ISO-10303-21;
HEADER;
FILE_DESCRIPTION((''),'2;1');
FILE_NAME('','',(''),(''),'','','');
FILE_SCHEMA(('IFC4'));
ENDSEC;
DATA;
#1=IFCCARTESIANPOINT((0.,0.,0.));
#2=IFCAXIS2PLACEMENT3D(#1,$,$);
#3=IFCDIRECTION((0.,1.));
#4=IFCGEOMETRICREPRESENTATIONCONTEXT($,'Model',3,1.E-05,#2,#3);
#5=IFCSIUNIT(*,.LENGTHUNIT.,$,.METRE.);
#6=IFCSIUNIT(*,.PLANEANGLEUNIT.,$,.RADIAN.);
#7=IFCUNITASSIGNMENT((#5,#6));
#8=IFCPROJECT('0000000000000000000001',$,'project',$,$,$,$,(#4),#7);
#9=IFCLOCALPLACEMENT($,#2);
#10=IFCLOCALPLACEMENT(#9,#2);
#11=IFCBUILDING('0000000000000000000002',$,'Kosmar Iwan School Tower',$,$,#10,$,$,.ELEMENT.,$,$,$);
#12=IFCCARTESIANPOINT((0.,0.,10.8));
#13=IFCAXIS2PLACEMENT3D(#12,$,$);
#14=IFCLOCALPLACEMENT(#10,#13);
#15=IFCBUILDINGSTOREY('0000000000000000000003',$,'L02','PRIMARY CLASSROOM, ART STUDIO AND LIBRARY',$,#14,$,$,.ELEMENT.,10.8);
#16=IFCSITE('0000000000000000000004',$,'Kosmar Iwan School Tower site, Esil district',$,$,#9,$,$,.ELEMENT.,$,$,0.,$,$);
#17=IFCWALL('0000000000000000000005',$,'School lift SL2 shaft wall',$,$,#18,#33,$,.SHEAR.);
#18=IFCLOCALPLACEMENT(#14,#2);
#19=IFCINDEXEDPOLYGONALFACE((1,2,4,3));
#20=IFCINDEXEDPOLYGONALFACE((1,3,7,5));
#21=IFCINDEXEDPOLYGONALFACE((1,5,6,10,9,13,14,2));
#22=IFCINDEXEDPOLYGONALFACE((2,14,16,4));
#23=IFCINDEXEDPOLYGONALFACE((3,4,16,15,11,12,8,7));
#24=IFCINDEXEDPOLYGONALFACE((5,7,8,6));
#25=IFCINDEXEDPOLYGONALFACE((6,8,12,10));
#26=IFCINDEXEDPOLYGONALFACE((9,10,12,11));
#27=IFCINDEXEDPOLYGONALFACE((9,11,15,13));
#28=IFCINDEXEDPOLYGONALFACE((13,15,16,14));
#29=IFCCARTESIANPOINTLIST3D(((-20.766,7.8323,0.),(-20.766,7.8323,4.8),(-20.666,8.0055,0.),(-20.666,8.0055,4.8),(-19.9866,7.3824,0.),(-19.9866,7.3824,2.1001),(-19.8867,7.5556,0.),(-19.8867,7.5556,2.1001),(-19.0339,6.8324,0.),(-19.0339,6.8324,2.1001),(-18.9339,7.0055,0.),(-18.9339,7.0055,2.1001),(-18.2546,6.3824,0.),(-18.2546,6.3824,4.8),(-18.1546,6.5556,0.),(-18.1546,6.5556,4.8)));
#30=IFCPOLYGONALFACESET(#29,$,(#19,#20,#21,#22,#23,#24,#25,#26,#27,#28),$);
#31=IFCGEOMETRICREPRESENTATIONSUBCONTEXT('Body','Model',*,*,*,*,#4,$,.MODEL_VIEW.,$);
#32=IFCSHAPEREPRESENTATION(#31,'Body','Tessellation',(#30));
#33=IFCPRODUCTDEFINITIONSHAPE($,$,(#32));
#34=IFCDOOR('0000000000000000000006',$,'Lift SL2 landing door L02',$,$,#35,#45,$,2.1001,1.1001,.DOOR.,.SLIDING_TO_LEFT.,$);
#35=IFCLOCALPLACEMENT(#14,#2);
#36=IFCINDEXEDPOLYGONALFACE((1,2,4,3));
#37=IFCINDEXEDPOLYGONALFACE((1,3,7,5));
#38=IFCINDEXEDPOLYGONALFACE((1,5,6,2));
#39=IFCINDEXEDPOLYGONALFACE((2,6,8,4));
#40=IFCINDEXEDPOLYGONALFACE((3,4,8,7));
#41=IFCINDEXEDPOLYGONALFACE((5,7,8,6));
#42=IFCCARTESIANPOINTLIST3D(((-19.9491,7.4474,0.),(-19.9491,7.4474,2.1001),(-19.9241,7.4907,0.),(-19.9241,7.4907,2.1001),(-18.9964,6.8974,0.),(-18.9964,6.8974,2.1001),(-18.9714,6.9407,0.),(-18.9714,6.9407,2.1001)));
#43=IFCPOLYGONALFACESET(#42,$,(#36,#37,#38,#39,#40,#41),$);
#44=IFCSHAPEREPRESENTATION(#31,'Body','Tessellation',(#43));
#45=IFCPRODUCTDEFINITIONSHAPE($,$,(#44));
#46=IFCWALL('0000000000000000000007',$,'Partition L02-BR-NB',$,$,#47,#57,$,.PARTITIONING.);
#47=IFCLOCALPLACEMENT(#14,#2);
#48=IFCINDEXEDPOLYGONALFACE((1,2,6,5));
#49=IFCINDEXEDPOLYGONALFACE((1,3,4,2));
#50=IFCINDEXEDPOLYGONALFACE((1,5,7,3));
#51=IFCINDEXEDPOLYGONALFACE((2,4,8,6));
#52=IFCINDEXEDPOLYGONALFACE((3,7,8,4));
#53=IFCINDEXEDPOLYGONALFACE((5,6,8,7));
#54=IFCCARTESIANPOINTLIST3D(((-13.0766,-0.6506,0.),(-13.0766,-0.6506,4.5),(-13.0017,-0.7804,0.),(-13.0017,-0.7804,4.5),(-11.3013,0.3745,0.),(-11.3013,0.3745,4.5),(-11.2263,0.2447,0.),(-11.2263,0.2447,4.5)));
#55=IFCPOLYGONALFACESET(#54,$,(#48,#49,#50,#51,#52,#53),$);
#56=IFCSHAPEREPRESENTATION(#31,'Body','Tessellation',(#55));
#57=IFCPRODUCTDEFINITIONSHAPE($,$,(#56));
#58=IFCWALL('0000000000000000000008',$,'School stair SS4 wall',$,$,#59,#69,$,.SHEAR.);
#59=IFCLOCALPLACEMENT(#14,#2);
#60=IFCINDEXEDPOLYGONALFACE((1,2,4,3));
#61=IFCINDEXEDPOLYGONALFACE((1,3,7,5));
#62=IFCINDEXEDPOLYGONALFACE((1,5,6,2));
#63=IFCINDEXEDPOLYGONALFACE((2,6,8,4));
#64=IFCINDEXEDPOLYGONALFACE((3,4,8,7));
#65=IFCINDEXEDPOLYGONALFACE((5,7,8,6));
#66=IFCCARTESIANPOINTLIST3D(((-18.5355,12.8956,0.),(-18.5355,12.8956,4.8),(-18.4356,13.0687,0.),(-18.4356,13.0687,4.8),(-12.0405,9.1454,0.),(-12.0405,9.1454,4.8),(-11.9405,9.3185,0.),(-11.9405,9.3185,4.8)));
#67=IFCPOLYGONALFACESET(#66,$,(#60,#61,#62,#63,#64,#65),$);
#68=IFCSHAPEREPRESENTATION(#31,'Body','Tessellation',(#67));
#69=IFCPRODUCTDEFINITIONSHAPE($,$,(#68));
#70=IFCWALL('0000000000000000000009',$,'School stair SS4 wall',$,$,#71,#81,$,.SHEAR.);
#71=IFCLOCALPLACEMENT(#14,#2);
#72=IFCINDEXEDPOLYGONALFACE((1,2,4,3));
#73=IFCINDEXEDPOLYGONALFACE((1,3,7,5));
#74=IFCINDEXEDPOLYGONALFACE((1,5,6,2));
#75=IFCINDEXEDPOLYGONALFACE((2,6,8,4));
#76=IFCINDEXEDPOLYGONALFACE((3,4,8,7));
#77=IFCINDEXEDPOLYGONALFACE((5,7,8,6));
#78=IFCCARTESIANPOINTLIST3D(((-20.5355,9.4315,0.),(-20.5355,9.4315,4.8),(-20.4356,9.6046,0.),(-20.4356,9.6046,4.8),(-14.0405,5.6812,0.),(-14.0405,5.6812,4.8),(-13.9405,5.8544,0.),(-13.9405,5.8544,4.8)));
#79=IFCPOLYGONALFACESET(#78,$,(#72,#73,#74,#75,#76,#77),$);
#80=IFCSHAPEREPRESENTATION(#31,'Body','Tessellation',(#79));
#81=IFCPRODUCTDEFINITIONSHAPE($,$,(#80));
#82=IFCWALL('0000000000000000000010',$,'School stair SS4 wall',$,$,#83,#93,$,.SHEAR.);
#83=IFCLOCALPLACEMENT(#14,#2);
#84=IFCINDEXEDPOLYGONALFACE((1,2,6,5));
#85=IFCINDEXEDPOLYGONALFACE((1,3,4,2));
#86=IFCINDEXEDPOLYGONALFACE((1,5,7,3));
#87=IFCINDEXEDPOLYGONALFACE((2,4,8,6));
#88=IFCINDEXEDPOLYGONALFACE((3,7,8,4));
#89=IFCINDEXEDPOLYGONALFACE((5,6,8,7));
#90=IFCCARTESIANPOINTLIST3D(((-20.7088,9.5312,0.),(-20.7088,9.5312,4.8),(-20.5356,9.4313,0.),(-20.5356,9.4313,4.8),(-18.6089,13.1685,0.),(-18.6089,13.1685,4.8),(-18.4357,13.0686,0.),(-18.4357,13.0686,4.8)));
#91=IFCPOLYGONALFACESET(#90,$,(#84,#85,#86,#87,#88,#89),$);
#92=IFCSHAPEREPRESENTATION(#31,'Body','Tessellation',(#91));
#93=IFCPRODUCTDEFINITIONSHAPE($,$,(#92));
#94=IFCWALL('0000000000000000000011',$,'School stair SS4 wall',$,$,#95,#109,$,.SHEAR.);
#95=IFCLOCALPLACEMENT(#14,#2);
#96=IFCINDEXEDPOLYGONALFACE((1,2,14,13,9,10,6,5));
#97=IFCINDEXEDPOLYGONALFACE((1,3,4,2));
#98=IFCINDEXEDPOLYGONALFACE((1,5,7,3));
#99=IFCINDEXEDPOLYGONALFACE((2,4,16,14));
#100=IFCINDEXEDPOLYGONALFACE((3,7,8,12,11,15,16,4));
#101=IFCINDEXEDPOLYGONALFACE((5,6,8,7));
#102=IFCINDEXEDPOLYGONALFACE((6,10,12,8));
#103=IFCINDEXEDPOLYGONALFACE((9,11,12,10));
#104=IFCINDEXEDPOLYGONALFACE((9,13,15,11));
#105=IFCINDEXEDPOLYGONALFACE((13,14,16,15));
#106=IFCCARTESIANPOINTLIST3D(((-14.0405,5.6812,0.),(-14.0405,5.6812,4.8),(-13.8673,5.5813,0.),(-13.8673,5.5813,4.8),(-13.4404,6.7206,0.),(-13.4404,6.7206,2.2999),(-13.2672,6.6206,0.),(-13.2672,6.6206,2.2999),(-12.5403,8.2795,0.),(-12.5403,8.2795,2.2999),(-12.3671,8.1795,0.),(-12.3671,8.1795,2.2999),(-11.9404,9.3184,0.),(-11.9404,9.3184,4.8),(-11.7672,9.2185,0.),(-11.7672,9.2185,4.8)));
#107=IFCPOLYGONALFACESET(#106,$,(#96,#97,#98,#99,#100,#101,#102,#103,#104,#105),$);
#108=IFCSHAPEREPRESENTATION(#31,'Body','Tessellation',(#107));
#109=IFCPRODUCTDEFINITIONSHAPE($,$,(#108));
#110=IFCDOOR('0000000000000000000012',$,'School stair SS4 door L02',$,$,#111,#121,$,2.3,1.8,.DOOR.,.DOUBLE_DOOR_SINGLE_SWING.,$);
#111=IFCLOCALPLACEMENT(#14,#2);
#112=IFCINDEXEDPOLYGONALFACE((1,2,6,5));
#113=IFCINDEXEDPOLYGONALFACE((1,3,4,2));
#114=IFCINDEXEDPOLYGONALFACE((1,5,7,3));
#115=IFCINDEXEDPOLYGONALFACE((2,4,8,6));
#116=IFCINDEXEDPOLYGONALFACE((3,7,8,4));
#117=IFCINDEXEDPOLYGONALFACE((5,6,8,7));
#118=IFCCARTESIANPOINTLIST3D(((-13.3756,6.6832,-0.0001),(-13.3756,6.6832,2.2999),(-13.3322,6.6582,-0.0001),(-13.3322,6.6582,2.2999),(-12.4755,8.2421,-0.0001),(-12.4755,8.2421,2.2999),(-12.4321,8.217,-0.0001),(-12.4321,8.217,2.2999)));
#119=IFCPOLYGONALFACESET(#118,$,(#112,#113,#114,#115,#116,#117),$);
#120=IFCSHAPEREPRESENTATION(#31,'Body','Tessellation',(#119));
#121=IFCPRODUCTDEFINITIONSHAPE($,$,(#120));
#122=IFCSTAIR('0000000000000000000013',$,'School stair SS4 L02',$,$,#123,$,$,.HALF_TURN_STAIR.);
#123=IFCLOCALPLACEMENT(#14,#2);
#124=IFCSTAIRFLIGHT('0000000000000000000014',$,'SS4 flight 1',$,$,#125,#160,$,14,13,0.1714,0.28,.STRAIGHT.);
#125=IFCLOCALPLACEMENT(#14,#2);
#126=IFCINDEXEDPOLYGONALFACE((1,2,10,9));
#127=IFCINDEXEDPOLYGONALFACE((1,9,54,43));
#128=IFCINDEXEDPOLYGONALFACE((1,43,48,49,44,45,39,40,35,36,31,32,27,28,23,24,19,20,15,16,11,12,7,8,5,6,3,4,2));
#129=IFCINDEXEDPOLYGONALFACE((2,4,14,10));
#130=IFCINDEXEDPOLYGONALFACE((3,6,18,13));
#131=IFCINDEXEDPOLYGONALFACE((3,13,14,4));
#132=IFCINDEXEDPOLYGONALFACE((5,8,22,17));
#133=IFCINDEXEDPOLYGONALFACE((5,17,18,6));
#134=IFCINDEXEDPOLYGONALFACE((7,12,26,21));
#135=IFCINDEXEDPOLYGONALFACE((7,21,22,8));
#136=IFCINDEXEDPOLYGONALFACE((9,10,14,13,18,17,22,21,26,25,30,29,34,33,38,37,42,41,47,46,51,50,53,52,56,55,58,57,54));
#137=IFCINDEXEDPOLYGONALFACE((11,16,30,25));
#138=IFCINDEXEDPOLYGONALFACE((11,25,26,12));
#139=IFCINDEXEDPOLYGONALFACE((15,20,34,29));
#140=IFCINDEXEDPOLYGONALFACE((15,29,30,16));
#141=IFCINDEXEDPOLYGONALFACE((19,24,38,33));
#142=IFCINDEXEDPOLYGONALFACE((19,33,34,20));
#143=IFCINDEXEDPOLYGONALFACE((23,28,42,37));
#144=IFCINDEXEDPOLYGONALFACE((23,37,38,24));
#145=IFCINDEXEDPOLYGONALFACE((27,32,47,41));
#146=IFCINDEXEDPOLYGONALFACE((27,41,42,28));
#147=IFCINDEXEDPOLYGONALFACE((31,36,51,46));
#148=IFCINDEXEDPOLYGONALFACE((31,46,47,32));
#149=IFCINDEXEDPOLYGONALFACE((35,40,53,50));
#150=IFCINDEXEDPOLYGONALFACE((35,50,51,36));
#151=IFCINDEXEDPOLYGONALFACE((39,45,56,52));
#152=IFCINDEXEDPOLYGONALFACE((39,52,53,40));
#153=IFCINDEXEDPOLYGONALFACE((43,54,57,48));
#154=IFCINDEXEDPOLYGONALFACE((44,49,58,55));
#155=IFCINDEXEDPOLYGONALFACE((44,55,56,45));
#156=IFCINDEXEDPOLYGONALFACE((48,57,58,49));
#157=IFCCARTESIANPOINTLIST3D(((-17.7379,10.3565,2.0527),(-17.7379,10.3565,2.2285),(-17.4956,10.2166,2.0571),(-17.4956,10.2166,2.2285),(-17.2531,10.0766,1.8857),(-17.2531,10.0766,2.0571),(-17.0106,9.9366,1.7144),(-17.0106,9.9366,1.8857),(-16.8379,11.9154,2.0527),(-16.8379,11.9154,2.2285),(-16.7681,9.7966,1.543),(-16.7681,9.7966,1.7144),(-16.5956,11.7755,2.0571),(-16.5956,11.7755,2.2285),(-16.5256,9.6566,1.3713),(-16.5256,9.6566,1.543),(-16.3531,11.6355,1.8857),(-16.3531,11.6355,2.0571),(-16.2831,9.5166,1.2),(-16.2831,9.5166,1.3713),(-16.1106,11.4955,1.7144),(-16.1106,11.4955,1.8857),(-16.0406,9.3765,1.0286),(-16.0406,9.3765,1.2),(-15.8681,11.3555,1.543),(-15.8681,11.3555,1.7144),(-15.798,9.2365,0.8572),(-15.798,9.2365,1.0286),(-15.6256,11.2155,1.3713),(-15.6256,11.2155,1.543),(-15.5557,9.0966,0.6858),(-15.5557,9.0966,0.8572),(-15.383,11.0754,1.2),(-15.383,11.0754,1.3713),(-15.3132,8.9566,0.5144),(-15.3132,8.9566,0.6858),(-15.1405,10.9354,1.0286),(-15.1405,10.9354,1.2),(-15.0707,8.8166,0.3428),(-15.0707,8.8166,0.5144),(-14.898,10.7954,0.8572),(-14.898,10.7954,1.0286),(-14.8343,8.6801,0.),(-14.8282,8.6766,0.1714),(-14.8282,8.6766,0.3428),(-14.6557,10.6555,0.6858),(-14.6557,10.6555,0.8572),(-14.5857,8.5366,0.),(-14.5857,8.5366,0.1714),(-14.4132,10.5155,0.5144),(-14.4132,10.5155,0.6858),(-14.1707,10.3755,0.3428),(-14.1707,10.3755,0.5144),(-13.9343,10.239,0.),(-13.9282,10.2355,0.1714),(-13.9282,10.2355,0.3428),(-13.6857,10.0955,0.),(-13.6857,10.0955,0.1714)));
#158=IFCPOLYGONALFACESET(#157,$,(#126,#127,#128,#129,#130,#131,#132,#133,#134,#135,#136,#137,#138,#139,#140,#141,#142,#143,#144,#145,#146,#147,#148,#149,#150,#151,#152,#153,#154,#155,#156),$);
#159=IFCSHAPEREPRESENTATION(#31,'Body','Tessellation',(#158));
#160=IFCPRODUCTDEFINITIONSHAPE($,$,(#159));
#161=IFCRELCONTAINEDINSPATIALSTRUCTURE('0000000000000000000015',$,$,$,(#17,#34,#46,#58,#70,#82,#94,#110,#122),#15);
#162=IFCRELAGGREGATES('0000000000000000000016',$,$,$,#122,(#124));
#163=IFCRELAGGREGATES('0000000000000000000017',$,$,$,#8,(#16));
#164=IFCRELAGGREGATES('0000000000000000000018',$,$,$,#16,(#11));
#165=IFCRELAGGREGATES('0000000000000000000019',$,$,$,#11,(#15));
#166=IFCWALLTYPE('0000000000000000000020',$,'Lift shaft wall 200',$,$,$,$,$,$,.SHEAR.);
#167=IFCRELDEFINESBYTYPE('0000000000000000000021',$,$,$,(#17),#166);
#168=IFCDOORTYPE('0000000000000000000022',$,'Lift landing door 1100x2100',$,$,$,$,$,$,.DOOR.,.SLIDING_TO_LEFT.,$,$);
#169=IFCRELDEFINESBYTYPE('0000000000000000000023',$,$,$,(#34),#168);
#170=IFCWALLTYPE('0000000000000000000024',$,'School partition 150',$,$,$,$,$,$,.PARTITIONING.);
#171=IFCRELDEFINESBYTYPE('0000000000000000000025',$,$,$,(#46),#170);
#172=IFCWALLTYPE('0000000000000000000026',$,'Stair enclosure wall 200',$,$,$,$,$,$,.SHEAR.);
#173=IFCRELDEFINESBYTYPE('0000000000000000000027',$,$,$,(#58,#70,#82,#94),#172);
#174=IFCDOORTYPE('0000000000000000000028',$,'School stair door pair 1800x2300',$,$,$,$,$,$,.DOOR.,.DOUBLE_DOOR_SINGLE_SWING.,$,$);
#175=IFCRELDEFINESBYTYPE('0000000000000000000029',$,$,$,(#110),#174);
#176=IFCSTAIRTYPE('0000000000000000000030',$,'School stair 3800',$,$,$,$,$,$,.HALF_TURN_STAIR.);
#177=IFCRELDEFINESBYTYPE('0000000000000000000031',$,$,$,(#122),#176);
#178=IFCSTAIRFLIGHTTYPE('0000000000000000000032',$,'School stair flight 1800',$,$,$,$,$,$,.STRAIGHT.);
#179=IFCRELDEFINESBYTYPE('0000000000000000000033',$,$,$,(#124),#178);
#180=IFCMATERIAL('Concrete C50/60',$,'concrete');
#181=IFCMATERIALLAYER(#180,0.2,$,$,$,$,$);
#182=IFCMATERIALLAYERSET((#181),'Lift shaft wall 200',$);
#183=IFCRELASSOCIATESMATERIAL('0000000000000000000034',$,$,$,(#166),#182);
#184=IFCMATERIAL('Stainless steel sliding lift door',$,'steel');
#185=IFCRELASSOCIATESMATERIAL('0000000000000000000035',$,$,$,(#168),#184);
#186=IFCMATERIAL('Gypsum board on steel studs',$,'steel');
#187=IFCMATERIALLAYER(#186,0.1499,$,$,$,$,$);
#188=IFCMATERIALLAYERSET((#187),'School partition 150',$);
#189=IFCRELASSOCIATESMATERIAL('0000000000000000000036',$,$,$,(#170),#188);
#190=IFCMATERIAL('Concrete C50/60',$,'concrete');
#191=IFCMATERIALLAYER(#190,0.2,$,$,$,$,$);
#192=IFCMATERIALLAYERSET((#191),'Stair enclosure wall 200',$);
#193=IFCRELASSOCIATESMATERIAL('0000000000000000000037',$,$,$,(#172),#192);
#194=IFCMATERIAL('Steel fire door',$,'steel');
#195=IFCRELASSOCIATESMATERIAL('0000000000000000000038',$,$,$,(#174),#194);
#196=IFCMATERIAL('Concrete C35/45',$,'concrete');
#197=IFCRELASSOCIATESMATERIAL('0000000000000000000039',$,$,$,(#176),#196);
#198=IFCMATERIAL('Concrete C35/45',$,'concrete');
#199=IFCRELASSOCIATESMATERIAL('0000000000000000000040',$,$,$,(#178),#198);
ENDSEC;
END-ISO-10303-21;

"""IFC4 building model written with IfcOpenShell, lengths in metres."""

from ifc_helpers import new_model, si_unit, direction, frame, frame_2d, origin, place, context, subcontext, project, spatial, polyline, rectangle, outline, extrude, material, layer, layer_set, type_object, element, fill, aggregate, save


model = new_model("IFC4")

# Units and contexts
model_context = context("Model", 3, precision=1e-05, world=origin(), true_north=direction((0.0, 1.0)))
body_context = subcontext(model_context, "Body", "Model", "MODEL_VIEW")
ifc_project = project(units=[si_unit("LENGTHUNIT", "METRE"), si_unit("PLANEANGLEUNIT", "RADIAN")], contexts=[model_context])

# Site, building, storey
site_placement = place(None, origin())
site = spatial("IfcSite", under=ifc_project, at=site_placement, Name="Kosmar Iwan School Tower site, Esil district", CompositionType="ELEMENT", RefElevation=0.0)
building_placement = place(site_placement, origin())
building = spatial("IfcBuilding", under=site, at=building_placement, Name="Kosmar Iwan School Tower", CompositionType="ELEMENT")
storey_placement = place(building_placement, frame((0.0, 0.0, 10.8)))
storey = spatial("IfcBuildingStorey", under=building, at=storey_placement, Name="L02", Description="PRIMARY CLASSROOM, ART STUDIO AND LIBRARY", CompositionType="ELEMENT", Elevation=10.8)

# Shared definitions
ifc_material_1 = material(Name="Concrete C50/60", Category="concrete")
ifc_layer_1 = layer(ifc_material_1, 0.2)
ifc_layer_set_1 = layer_set([ifc_layer_1], Name="Lift shaft wall 200")
wall_type_1 = type_object("IfcWallType", Name="Lift shaft wall 200", PredefinedType="SHEAR", material=ifc_layer_set_1)

# Wall, opening, door
wall_1_placement = place(storey_placement, frame((-18.2046, 6.469, 0.0), z_axis=(0.0, 0.0, 1.0), x_axis=(-0.866033, 0.499987, 0.0)))
wall_1 = element("IfcWall", 1, at=wall_1_placement, inside=storey, type_object=wall_type_1, Name="School lift SL2 shaft wall", PredefinedType="SHEAR", context=body_context, shape_type="SweptSolid", body=[
    extrude(rectangle(XDim=2.8999, YDim=0.2, at=frame_2d((1.45, 0.0))), origin(), (0.0, 0.0, 1.0), 4.8),
])
opening_1_placement = place(wall_1_placement, frame((0.8999, 0.0, 0.0)))
opening_1 = element("IfcOpeningElement", 2, at=opening_1_placement, cuts=wall_1, PredefinedType="OPENING", context=body_context, shape_type="SweptSolid", body=[
    extrude(rectangle(XDim=1.1001, YDim=2.1001, at=frame_2d((0.55, 1.05))), frame((0.0, 0.1121, 0.0), z_axis=(0.0, -1.0, 0.0), x_axis=(1.0, 0.0, 0.0)), (0.0, 0.0, 1.0), 0.2239),
])
ifc_material_2 = material(Name="Stainless steel sliding lift door", Category="steel")
door_type_1 = type_object("IfcDoorType", Name="Lift landing door 1100x2100", OperationType="SLIDING_TO_LEFT", PredefinedType="DOOR", material=ifc_material_2)
door_1_placement = place(opening_1_placement, origin())
door_1 = element("IfcDoor", 3, at=door_1_placement, inside=storey, type_object=door_type_1, Name="Lift SL2 landing door L02", OperationType="SLIDING_TO_LEFT", OverallHeight=2.1001, OverallWidth=1.1001, PredefinedType="DOOR", context=body_context, shape_type="SweptSolid", body=[
    extrude(rectangle(XDim=1.1001, YDim=2.1001, at=frame_2d((0.55, 1.05))), frame((0.0, 0.0249, 0.0), z_axis=(0.0, -1.0, 0.0), x_axis=(1.0, 0.0, 0.0)), (0.0, 0.0, 1.0), 0.05),
])
fill(opening_1, door_1)

# Walls
ifc_material_3 = material(Name="Gypsum board on steel studs", Category="steel")
ifc_layer_2 = layer(ifc_material_3, 0.1499)
ifc_layer_set_2 = layer_set([ifc_layer_2], Name="School partition 150")
wall_type_2 = type_object("IfcWallType", Name="School partition 150", PredefinedType="PARTITIONING", material=ifc_layer_set_2)
wall_2_placement = place(storey_placement, frame((-11.2639, 0.3096, 0.0), z_axis=(0.0, 0.0, 1.0), x_axis=(-0.865999, -0.500045, 0.0)))
element("IfcWall", 4, at=wall_2_placement, inside=storey, type_object=wall_type_2, Name="Partition L02-BR-NB", PredefinedType="PARTITIONING", context=body_context, shape_type="SweptSolid", body=[
    extrude(rectangle(XDim=2.05, YDim=0.1499, at=frame_2d((1.0249, 0.0))), origin(), (0.0, 0.0, 1.0), 4.5),
])
ifc_material_4 = material(Name="Concrete C50/60", Category="concrete")
ifc_layer_3 = layer(ifc_material_4, 0.2)
ifc_layer_set_3 = layer_set([ifc_layer_3], Name="Stair enclosure wall 200")
wall_type_3 = type_object("IfcWallType", Name="Stair enclosure wall 200", PredefinedType="SHEAR", material=ifc_layer_set_3)
for number, where, z_axis, x_axis, name in (
    (5, (-11.9905, 9.2319, 0.0), (0.0, 0.0, 1.0), (-0.866009, 0.500029, 0.0), "School stair SS4 wall"),
    (6, (-13.9905, 5.7678, 0.0), (0.0, 0.0, 1.0), (-0.866009, 0.500029, 0.0), "School stair SS4 wall"),
):
    element("IfcWall", number, at=place(storey_placement, frame(where, z_axis=z_axis, x_axis=x_axis)), inside=storey, type_object=wall_type_3, Name=name, PredefinedType="SHEAR", context=body_context, shape_type="SweptSolid", body=[
        extrude(rectangle(XDim=7.5, YDim=0.2, at=frame_2d((3.75, 0.0))), origin(), (0.0, 0.0, 1.0), 4.8),
    ])
wall_3_placement = place(storey_placement, frame((-18.5222, 13.1187, 0.0), z_axis=(0.0, 0.0, 1.0), x_axis=(-0.499984, -0.866035, 0.0)))
element("IfcWall", 7, at=wall_3_placement, inside=storey, type_object=wall_type_3, Name="School stair SS4 wall", PredefinedType="SHEAR", context=body_context, shape_type="SweptSolid", body=[
    extrude(rectangle(XDim=4.2, YDim=0.2, at=frame_2d((2.1001, 0.0))), origin(), (0.0, 0.0, 1.0), 4.8),
])

# Wall, opening, door
wall_4_placement = place(storey_placement, frame((-11.8538, 9.2686, 0.0), z_axis=(0.0, 0.0, 1.0), x_axis=(-0.500028, -0.866009, 0.0)))
wall_4 = element("IfcWall", 8, at=wall_4_placement, inside=storey, type_object=wall_type_3, Name="School stair SS4 wall", PredefinedType="SHEAR", context=body_context, shape_type="SweptSolid", body=[
    extrude(rectangle(XDim=4.2, YDim=0.2, at=frame_2d((2.1001, 0.0))), origin(), (0.0, 0.0, 1.0), 4.8),
])
opening_2_placement = place(wall_4_placement, frame((1.2, 0.0, 0.0)))
opening_2 = element("IfcOpeningElement", 9, at=opening_2_placement, cuts=wall_4, PredefinedType="OPENING", context=body_context, shape_type="SweptSolid", body=[
    extrude(rectangle(XDim=1.8, YDim=2.3, at=frame_2d((0.8999, 1.1499))), frame((0.0, 0.1121, 0.0), z_axis=(0.0, -1.0, 0.0), x_axis=(1.0, 0.0, 0.0)), (0.0, 0.0, 1.0), 0.2239),
])
ifc_material_5 = material(Name="Steel fire door", Category="steel")
door_type_2 = type_object("IfcDoorType", Name="School stair door pair 1800x2300", OperationType="DOUBLE_DOOR_SINGLE_SWING", PredefinedType="DOOR", material=ifc_material_5)
door_2_placement = place(opening_2_placement, origin())
door_2 = element("IfcDoor", 10, at=door_2_placement, inside=storey, type_object=door_type_2, Name="School stair SS4 door L02", OperationType="DOUBLE_DOOR_SINGLE_SWING", OverallHeight=2.3, OverallWidth=1.8, PredefinedType="DOOR", context=body_context, shape_type="SweptSolid", body=[
    extrude(rectangle(XDim=1.8, YDim=2.3, at=frame_2d((0.8999, 1.1499))), frame((0.0, 0.0249, 0.0), z_axis=(0.0, -1.0, 0.0), x_axis=(1.0, 0.0, 0.0)), (0.0, 0.0, 1.0), 0.05),
])
fill(opening_2, door_2)

# Stair, stair flight
ifc_material_6 = material(Name="Concrete C35/45", Category="concrete")
stair_type = type_object("IfcStairType", Name="School stair 3800", PredefinedType="HALF_TURN_STAIR", material=ifc_material_6)
stair_placement = place(storey_placement, origin())
stair = element("IfcStair", 11, at=stair_placement, inside=storey, type_object=stair_type, Name="School stair SS4 L02", PredefinedType="HALF_TURN_STAIR")
ifc_material_7 = material(Name="Concrete C35/45", Category="concrete")
stair_flight_type = type_object("IfcStairFlightType", Name="School stair flight 1800", PredefinedType="STRAIGHT", material=ifc_material_7)
stair_flight_1_placement = place(storey_placement, frame((-14.1357, 9.3159, 0.0), z_axis=(0.0, 0.0, 1.0), x_axis=(-0.866025, 0.5, 0.0)))
stair_flight_1 = element("IfcStairFlight", 12, at=stair_flight_1_placement, type_object=stair_flight_type, Name="SS4 flight 1", NumberOfRisers=14, NumberOfTreads=13, PredefinedType="STRAIGHT", RiserHeight=0.1714, TreadLength=0.28, context=body_context, shape_type="SweptSolid", body=[
    extrude(outline(polyline([(0.0, 0.0), (0.0, 0.1714), (0.28, 0.1714), (0.28, 0.3428), (0.5601, 0.3428), (0.5601, 0.5144), (0.8401, 0.5144), (0.8401, 0.6858), (1.1201, 0.6858), (1.1201, 0.8572), (1.3999, 0.8572), (1.3999, 1.0286), (1.6799, 1.0286), (1.6799, 1.2), (1.96, 1.2), (1.96, 1.3713), (2.24, 1.3713), (2.24, 1.543), (2.52, 1.543), (2.52, 1.7144), (2.8, 1.7144), (2.8, 1.8857), (3.0801, 1.8857), (3.0801, 2.0571), (3.3601, 2.0571), (3.3601, 2.2285), (3.6399, 2.2285), (3.6399, 2.3999), (3.6399, 2.0527), (0.2871, 0.0), (0.0, 0.0)])), frame((0.0, 0.8999, 0.0), z_axis=(0.0, -1.0, 0.0), x_axis=(1.0, 0.0, 0.0)), (0.0, 0.0, 1.0), 1.8),
])
aggregate(stair, [stair_flight_1])

save(model, "model.ifc")
